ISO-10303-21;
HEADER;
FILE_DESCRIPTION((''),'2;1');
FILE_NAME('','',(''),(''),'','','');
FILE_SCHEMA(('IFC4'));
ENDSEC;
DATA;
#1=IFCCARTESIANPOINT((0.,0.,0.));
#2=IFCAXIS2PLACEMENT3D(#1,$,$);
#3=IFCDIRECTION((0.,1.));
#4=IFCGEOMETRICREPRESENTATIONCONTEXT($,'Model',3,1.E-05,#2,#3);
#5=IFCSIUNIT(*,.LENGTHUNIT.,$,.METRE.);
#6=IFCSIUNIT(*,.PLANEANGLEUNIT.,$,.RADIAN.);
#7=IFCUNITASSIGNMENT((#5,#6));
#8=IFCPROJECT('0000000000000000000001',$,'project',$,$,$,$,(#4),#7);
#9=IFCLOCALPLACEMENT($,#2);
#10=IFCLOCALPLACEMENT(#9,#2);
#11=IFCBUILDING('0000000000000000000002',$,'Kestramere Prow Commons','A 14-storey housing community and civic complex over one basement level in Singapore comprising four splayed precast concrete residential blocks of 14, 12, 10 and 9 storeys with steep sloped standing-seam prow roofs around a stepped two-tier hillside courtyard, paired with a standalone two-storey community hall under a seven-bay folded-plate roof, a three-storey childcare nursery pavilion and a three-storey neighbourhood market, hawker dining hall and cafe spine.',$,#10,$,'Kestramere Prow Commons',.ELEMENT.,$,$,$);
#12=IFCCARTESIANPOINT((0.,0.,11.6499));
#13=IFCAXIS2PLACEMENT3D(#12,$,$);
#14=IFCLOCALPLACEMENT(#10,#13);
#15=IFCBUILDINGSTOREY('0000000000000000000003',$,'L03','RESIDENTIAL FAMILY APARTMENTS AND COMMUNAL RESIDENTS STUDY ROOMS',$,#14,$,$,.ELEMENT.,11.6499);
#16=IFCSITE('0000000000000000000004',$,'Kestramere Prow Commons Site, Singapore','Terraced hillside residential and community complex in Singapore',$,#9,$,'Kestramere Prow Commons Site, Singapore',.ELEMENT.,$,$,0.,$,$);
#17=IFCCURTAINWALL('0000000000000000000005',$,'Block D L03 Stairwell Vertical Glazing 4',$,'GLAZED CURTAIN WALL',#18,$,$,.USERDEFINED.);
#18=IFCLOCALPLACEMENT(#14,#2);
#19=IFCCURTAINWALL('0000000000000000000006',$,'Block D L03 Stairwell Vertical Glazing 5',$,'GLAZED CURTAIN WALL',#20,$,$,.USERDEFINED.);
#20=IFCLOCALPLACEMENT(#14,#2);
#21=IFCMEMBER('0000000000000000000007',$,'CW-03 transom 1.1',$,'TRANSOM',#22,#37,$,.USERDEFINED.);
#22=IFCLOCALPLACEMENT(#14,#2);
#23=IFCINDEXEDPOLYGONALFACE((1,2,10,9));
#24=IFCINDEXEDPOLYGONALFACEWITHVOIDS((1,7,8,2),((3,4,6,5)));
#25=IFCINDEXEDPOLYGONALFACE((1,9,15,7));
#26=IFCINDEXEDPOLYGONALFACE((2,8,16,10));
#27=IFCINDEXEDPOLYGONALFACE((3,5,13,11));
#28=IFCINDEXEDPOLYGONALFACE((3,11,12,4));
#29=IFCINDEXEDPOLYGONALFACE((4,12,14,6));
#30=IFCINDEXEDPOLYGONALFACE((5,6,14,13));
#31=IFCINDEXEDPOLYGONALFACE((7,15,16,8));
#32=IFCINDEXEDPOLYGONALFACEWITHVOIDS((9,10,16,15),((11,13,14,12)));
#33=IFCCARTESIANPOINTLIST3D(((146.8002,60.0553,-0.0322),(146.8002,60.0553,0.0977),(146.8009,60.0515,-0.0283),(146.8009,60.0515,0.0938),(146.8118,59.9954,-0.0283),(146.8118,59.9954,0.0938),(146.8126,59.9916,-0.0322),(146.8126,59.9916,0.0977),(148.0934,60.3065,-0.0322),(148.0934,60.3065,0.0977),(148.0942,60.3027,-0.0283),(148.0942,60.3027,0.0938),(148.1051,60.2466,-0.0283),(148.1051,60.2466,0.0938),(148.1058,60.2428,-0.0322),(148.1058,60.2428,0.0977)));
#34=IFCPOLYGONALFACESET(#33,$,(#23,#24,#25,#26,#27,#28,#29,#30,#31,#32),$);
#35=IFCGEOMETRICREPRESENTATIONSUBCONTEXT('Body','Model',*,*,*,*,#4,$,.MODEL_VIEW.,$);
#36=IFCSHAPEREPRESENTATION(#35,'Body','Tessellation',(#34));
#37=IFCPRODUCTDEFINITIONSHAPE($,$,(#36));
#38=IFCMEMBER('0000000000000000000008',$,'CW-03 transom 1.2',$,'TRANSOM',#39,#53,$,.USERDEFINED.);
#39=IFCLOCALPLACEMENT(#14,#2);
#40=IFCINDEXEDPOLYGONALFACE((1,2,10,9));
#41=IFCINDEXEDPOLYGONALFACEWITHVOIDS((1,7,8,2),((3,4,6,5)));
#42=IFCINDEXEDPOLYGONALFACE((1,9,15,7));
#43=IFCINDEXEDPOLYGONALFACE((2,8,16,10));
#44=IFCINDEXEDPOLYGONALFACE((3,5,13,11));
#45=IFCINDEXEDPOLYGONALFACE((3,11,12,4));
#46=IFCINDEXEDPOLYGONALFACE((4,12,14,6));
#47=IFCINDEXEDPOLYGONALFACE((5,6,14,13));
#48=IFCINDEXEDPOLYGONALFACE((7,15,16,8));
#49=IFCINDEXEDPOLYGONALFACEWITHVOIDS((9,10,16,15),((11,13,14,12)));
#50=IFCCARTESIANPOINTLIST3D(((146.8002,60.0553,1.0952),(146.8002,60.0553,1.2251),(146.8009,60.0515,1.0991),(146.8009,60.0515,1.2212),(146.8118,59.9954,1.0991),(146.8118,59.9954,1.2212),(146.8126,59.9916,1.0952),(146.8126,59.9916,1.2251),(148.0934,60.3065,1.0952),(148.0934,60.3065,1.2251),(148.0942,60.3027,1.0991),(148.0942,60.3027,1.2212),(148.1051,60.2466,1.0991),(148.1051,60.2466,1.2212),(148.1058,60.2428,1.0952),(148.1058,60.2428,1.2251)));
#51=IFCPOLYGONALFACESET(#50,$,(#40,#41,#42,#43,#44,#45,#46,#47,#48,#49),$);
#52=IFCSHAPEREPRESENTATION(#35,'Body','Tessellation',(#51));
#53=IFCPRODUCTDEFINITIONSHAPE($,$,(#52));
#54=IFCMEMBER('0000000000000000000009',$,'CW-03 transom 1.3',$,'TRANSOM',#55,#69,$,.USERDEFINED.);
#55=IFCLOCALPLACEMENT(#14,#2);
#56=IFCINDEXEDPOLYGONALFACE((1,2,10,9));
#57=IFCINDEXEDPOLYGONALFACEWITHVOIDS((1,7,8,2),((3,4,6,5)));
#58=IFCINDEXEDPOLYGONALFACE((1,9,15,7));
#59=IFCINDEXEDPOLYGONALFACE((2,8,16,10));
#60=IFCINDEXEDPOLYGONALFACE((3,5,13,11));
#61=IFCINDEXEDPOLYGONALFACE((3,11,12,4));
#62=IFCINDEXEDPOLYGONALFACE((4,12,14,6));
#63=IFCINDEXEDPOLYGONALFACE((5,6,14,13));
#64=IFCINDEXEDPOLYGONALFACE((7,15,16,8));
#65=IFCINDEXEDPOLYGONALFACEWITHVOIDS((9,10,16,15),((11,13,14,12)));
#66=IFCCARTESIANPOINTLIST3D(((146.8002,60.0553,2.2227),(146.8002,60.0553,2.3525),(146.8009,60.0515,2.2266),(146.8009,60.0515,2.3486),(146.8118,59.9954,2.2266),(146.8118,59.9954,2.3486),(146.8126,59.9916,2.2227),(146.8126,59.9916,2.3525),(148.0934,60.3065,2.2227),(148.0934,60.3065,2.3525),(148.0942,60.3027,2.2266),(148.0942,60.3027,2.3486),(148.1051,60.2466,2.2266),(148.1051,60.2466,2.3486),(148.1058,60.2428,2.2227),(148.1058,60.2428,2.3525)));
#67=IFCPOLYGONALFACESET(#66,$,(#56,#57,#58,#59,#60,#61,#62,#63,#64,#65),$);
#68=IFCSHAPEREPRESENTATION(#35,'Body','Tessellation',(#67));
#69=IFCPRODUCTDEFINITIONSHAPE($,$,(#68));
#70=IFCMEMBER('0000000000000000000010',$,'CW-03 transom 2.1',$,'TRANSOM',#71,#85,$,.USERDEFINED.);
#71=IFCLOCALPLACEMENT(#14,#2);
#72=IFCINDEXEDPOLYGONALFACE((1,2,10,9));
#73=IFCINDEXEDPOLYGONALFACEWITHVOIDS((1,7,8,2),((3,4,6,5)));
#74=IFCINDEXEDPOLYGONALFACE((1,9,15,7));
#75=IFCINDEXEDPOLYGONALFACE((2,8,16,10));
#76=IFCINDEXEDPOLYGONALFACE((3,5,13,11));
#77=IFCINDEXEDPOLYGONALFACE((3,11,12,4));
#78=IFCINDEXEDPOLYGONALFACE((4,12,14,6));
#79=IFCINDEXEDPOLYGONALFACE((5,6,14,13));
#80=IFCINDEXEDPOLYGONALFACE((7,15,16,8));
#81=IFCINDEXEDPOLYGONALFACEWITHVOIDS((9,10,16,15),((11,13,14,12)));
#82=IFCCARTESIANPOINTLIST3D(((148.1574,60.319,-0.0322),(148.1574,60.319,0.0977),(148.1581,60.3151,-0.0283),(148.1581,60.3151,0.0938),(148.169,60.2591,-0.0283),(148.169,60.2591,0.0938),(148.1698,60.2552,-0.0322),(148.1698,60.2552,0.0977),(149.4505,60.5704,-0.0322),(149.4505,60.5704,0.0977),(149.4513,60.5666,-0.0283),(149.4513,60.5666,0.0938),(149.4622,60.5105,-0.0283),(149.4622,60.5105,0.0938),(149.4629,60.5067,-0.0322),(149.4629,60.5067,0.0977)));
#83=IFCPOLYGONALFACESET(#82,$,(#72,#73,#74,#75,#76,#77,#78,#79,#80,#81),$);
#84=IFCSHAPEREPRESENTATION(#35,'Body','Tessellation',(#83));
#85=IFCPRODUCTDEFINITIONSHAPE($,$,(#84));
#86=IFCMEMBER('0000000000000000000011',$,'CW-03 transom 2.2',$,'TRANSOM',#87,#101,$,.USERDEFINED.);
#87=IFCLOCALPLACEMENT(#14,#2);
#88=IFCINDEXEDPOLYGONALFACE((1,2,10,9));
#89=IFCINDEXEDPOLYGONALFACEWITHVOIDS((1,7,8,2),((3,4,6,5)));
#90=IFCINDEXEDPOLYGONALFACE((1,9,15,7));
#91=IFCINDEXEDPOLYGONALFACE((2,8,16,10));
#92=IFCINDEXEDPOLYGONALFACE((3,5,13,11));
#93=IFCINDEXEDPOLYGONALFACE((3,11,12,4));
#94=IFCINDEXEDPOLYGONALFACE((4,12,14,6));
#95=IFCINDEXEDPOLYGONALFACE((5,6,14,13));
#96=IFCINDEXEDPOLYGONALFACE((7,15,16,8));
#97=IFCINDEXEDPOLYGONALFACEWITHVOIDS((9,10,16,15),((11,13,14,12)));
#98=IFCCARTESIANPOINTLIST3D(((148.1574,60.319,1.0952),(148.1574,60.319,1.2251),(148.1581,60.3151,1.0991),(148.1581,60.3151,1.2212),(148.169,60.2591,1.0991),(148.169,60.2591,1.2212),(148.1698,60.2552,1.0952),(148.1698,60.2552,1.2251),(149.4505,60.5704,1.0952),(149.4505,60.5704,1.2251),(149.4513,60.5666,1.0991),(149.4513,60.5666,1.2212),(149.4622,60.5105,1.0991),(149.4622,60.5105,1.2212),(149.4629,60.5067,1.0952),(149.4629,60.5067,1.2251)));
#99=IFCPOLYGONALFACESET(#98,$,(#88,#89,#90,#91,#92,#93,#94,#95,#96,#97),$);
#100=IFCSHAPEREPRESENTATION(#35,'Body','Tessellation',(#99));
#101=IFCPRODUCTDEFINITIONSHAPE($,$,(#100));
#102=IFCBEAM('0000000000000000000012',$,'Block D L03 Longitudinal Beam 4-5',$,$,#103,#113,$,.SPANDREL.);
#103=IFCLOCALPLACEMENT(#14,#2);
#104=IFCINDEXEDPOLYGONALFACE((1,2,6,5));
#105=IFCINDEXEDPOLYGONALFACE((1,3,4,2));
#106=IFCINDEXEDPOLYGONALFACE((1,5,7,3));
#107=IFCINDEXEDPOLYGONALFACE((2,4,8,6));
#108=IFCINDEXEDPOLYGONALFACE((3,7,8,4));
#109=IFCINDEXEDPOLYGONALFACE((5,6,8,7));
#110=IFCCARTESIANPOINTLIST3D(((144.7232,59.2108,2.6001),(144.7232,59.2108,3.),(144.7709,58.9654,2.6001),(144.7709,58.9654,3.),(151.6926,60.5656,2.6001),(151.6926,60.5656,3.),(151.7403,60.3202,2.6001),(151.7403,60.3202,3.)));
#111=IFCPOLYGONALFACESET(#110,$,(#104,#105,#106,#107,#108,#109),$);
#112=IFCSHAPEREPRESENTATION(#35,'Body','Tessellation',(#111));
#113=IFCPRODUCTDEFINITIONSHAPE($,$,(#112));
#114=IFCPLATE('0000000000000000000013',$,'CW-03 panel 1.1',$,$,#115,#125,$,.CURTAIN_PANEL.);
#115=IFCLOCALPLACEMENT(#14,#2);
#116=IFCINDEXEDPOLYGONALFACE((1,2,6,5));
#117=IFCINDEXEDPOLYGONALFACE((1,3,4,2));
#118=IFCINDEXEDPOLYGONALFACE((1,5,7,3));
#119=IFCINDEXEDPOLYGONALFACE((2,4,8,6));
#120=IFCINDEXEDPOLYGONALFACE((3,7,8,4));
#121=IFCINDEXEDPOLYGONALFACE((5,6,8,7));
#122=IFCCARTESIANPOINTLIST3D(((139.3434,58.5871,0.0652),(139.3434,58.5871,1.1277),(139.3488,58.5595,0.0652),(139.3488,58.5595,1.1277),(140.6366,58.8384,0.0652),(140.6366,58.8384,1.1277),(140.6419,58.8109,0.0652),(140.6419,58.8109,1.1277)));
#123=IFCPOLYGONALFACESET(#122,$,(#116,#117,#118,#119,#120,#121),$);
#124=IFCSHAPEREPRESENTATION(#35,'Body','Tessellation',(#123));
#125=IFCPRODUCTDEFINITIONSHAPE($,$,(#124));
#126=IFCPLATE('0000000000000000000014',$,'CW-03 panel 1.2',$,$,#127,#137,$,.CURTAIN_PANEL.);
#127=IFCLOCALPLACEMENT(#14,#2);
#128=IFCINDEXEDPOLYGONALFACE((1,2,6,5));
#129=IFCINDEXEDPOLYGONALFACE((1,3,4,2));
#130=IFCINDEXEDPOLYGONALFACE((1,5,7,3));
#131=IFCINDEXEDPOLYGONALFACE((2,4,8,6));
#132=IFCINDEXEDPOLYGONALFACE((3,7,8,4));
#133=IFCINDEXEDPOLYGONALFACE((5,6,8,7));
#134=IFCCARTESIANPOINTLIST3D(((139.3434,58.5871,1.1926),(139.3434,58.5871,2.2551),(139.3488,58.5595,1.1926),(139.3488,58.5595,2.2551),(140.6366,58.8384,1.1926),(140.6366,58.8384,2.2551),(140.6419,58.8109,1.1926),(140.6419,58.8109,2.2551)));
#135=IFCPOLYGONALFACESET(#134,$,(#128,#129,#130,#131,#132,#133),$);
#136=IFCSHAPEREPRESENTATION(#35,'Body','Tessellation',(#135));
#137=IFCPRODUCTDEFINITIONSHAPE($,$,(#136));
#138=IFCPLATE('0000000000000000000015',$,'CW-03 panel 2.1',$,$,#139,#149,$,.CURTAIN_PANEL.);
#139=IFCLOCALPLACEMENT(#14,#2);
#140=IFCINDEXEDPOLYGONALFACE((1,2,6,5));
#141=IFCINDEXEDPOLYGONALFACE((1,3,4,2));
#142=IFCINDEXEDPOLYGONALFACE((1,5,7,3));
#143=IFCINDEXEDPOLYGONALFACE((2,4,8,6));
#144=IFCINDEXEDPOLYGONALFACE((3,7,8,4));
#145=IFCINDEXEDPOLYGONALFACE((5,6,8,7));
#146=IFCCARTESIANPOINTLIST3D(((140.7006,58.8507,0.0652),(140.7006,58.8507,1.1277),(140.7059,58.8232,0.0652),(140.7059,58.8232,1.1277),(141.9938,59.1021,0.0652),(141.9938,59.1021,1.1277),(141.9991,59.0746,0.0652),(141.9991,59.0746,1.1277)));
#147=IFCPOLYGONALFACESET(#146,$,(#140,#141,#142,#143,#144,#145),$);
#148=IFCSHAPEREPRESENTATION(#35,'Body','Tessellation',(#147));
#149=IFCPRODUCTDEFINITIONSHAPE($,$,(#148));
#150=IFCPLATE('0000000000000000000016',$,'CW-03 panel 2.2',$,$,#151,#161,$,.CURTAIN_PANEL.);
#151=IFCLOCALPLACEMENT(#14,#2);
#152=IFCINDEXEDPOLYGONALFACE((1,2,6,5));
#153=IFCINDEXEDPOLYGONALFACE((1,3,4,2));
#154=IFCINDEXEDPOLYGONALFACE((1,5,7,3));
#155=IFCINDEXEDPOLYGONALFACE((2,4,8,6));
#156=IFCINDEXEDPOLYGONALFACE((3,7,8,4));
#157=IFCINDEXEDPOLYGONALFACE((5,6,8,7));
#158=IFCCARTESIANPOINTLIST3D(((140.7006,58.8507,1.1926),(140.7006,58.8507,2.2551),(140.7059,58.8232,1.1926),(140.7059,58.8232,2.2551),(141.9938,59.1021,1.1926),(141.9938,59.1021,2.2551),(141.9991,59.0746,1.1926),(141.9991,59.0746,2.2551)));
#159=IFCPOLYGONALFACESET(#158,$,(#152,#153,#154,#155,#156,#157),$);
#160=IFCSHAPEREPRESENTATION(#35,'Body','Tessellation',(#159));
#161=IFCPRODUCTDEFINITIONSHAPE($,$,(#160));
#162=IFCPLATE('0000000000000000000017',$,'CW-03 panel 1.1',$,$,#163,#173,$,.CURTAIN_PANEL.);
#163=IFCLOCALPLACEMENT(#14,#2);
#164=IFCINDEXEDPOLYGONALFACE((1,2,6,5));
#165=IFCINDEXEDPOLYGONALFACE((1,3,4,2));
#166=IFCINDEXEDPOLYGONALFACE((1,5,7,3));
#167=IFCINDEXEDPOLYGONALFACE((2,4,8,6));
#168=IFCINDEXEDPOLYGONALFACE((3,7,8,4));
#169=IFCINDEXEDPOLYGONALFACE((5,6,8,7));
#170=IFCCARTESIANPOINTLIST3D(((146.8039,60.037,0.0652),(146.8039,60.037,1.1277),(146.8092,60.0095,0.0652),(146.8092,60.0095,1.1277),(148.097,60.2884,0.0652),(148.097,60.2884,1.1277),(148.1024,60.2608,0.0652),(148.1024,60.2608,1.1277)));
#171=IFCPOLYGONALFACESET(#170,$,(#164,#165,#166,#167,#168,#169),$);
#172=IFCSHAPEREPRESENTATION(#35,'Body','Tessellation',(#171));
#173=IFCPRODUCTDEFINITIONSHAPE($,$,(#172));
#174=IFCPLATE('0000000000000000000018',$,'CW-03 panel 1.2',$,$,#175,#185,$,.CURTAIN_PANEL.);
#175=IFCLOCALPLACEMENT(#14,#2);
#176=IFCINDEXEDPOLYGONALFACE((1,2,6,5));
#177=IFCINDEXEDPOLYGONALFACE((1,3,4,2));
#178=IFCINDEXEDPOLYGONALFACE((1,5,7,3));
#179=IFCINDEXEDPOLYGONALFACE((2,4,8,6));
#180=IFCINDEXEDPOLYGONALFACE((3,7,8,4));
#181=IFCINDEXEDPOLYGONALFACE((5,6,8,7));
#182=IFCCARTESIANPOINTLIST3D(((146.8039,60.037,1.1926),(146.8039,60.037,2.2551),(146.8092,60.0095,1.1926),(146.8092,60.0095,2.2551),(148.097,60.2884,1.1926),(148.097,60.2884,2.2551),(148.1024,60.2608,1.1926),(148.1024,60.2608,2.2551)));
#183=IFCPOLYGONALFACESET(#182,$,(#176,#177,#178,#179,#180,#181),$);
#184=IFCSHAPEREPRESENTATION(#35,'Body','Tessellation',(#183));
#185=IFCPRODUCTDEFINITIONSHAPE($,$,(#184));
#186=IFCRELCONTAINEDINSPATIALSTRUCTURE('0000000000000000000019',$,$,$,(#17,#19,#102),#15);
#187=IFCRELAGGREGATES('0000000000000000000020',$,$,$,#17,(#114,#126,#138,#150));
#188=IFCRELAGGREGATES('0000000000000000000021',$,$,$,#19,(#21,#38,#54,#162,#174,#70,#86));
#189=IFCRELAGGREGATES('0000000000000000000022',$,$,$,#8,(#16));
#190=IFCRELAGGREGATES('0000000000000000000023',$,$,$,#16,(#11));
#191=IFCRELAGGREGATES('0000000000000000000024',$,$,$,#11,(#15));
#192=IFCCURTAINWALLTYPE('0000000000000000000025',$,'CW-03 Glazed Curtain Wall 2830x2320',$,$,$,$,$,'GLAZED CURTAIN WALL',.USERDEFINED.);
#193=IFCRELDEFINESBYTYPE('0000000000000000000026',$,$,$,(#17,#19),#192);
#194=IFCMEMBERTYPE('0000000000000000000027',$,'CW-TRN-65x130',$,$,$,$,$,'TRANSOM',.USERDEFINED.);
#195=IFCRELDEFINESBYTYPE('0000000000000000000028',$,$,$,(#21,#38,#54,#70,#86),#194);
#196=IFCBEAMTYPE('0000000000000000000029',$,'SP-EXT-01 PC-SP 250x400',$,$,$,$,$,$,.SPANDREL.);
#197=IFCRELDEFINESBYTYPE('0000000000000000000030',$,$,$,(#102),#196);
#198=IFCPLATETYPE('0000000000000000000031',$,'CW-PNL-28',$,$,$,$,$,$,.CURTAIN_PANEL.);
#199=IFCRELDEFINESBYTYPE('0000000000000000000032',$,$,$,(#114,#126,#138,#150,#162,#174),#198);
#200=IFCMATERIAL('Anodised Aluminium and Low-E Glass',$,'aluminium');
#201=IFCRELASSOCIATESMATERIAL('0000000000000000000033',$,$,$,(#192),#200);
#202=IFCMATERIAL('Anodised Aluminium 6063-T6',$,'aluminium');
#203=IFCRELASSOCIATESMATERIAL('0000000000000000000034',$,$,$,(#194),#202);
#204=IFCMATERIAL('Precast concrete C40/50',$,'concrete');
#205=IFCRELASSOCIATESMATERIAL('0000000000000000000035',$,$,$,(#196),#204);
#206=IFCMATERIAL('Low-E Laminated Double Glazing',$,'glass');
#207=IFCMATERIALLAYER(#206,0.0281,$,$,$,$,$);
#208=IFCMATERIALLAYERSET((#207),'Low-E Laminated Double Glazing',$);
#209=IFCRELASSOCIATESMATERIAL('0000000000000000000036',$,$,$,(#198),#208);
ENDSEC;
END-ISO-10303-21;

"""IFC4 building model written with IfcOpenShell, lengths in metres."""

from ifc_helpers import new_model, si_unit, direction, frame, origin, origin_2d, place, context, subcontext, project, spatial, rectangle, hollow_rectangle, extrude, material, layer, layer_set, material_profile, profile_set, type_object, element, aggregate, save


model = new_model("IFC4")

# Units and contexts
model_context = context("Model", 3, precision=1e-05, world=origin(), true_north=direction((0.0, 1.0)))
body_context = subcontext(model_context, "Body", "Model", "MODEL_VIEW")
ifc_project = project(units=[si_unit("LENGTHUNIT", "METRE"), si_unit("PLANEANGLEUNIT", "RADIAN")], contexts=[model_context])

# Site, building, storey
site_placement = place(None, origin())
site = spatial("IfcSite", under=ifc_project, at=site_placement, Name="Kestramere Prow Commons Site, Singapore", Description="Terraced hillside residential and community complex in Singapore", LongName="Kestramere Prow Commons Site, Singapore", CompositionType="ELEMENT", RefElevation=0.0)
building_placement = place(site_placement, origin())
building = spatial("IfcBuilding", under=site, at=building_placement, Name="Kestramere Prow Commons", Description="A 14-storey housing community and civic complex over one basement level in Singapore comprising four splayed precast concrete residential blocks of 14, 12, 10 and 9 storeys with steep sloped standing-seam prow roofs around a stepped two-tier hillside courtyard, paired with a standalone two-storey community hall under a seven-bay folded-plate roof, a three-storey childcare nursery pavilion and a three-storey neighbourhood market, hawker dining hall and cafe spine.", LongName="Kestramere Prow Commons", CompositionType="ELEMENT")
storey_placement = place(building_placement, frame((0.0, 0.0, 11.6499)))
storey = spatial("IfcBuildingStorey", under=building, at=storey_placement, Name="L03", Description="RESIDENTIAL FAMILY APARTMENTS AND COMMUNAL RESIDENTS STUDY ROOMS", CompositionType="ELEMENT", Elevation=11.6499)

# Shared definitions
ifc_material_1 = material(Name="Precast concrete C40/50", Category="concrete")

# Curtain walls
ifc_material_2 = material(Name="Anodised Aluminium and Low-E Glass", Category="aluminium")
curtain_wall_type = type_object("IfcCurtainWallType", Name="CW-03 Glazed Curtain Wall 2830x2320", ElementType="GLAZED CURTAIN WALL", PredefinedType="USERDEFINED", material=ifc_material_2)
curtain_wall_1_placement = place(storey_placement, origin())
curtain_wall_1 = element("IfcCurtainWall", 1, at=curtain_wall_1_placement, inside=storey, type_object=curtain_wall_type, Name="Block D L03 Stairwell Vertical Glazing 4", ObjectType="GLAZED CURTAIN WALL", PredefinedType="USERDEFINED")
ifc_material_3 = material(Name="Anodised Aluminium 6063-T6", Category="aluminium")
curtain_wall_2_placement = place(storey_placement, origin())
curtain_wall_2 = element("IfcCurtainWall", 2, at=curtain_wall_2_placement, inside=storey, type_object=curtain_wall_type, Name="Block D L03 Stairwell Vertical Glazing 5", ObjectType="GLAZED CURTAIN WALL", PredefinedType="USERDEFINED")

# Members
ifc_material_profile_1 = material_profile(ifc_material_3, hollow_rectangle(XDim=0.0649, YDim=0.1299, WallThickness=0.0039, at=origin_2d()), Name="ALU-TRN 65x130")
ifc_profile_set_1 = profile_set([ifc_material_profile_1], Name="Anodised Aluminium 6063-T6")
member_type_1 = type_object("IfcMemberType", Name="CW-TRN-65x130", ElementType="TRANSOM", PredefinedType="USERDEFINED", material=ifc_profile_set_1)
member_1_placement = place(storey_placement, frame((146.8064, 60.0234, 0.0327), z_axis=(0.981649, 0.190696, 0.0), x_axis=(-0.190696, 0.981649, 0.0)))
member_1 = element("IfcMember", 3, at=member_1_placement, type_object=member_type_1, Name="CW-03 transom 1.1", ObjectType="TRANSOM", PredefinedType="USERDEFINED", context=body_context, shape_type="SweptSolid", body=[
    extrude(hollow_rectangle(XDim=0.0649, YDim=0.1299, WallThickness=0.0039, at=origin_2d()), origin(), (0.0, 0.0, 1.0), 1.3174),
])
member_2_placement = place(storey_placement, frame((146.8064, 60.0234, 1.1602), z_axis=(0.981649, 0.190696, 0.0), x_axis=(-0.190696, 0.981649, 0.0)))
member_2 = element("IfcMember", 4, at=member_2_placement, type_object=member_type_1, Name="CW-03 transom 1.2", ObjectType="TRANSOM", PredefinedType="USERDEFINED", context=body_context, shape_type="SweptSolid", body=[
    extrude(hollow_rectangle(XDim=0.0649, YDim=0.1299, WallThickness=0.0039, at=origin_2d()), origin(), (0.0, 0.0, 1.0), 1.3174),
])
member_3_placement = place(storey_placement, frame((146.8064, 60.0234, 2.2876), z_axis=(0.981649, 0.190696, 0.0), x_axis=(-0.190696, 0.981649, 0.0)))
member_3 = element("IfcMember", 5, at=member_3_placement, type_object=member_type_1, Name="CW-03 transom 1.3", ObjectType="TRANSOM", PredefinedType="USERDEFINED", context=body_context, shape_type="SweptSolid", body=[
    extrude(hollow_rectangle(XDim=0.0649, YDim=0.1299, WallThickness=0.0039, at=origin_2d()), origin(), (0.0, 0.0, 1.0), 1.3174),
])
member_4_placement = place(storey_placement, frame((148.1636, 60.2871, 0.0327), z_axis=(0.981614, 0.190875, 0.0), x_axis=(-0.190875, 0.981614, 0.0)))
member_4 = element("IfcMember", 6, at=member_4_placement, type_object=member_type_1, Name="CW-03 transom 2.1", ObjectType="TRANSOM", PredefinedType="USERDEFINED", context=body_context, shape_type="SweptSolid", body=[
    extrude(hollow_rectangle(XDim=0.0649, YDim=0.1299, WallThickness=0.0039, at=origin_2d()), origin(), (0.0, 0.0, 1.0), 1.3174),
])
member_5_placement = place(storey_placement, frame((148.1636, 60.2871, 1.1602), z_axis=(0.981614, 0.190875, 0.0), x_axis=(-0.190875, 0.981614, 0.0)))
member_5 = element("IfcMember", 7, at=member_5_placement, type_object=member_type_1, Name="CW-03 transom 2.2", ObjectType="TRANSOM", PredefinedType="USERDEFINED", context=body_context, shape_type="SweptSolid", body=[
    extrude(hollow_rectangle(XDim=0.0649, YDim=0.1299, WallThickness=0.0039, at=origin_2d()), origin(), (0.0, 0.0, 1.0), 1.3174),
])

# Beam
ifc_material_profile_2 = material_profile(ifc_material_1, rectangle(XDim=0.25, YDim=0.3999, at=origin_2d()), Name="PC-SP 250x400")
ifc_profile_set_2 = profile_set([ifc_material_profile_2], Name="Precast concrete C40/50")
beam_type = type_object("IfcBeamType", Name="SP-EXT-01 PC-SP 250x400", PredefinedType="SPANDREL", material=ifc_profile_set_2)
beam_placement = place(storey_placement, frame((144.7471, 59.0881, 2.8), z_axis=(0.981627, 0.19081, 0.0), x_axis=(-0.19081, 0.981627, 0.0)))
element("IfcBeam", 8, at=beam_placement, inside=storey, type_object=beam_type, Name="Block D L03 Longitudinal Beam 4-5", PredefinedType="SPANDREL", context=body_context, shape_type="SweptSolid", body=[
    extrude(rectangle(XDim=0.25, YDim=0.3999, at=origin_2d()), origin(), (0.0, 0.0, 1.0), 7.0999),
])

# Plates
ifc_material_4 = material(Name="Low-E Laminated Double Glazing", Category="glass")
ifc_layer_1 = layer(ifc_material_4, 0.0281)
ifc_layer_set_1 = layer_set([ifc_layer_1], Name="Low-E Laminated Double Glazing")
plate_type = type_object("IfcPlateType", Name="CW-PNL-28", PredefinedType="CURTAIN_PANEL", material=ifc_layer_set_1)
plate_1_placement = place(storey_placement, frame((139.9927, 58.699, 0.0652), z_axis=(0.0, 0.0, 1.0), x_axis=(0.981627, 0.190809, 0.0)))
plate_1 = element("IfcPlate", 9, at=plate_1_placement, type_object=plate_type, Name="CW-03 panel 1.1", PredefinedType="CURTAIN_PANEL", context=body_context, shape_type="SweptSolid", body=[
    extrude(rectangle(XDim=1.3174, YDim=0.0281, at=origin_2d()), origin(), (0.0, 0.0, 1.0), 1.0625),
])
plate_2_placement = place(storey_placement, frame((139.9927, 58.699, 1.1926), z_axis=(0.0, 0.0, 1.0), x_axis=(0.981627, 0.190809, 0.0)))
plate_2 = element("IfcPlate", 10, at=plate_2_placement, type_object=plate_type, Name="CW-03 panel 1.2", PredefinedType="CURTAIN_PANEL", context=body_context, shape_type="SweptSolid", body=[
    extrude(rectangle(XDim=1.3174, YDim=0.0281, at=origin_2d()), origin(), (0.0, 0.0, 1.0), 1.0625),
])
plate_3_placement = place(storey_placement, frame((141.3499, 58.9626, 0.0652), z_axis=(0.0, 0.0, 1.0), x_axis=(0.981627, 0.190809, 0.0)))
plate_3 = element("IfcPlate", 11, at=plate_3_placement, type_object=plate_type, Name="CW-03 panel 2.1", PredefinedType="CURTAIN_PANEL", context=body_context, shape_type="SweptSolid", body=[
    extrude(rectangle(XDim=1.3174, YDim=0.0281, at=origin_2d()), origin(), (0.0, 0.0, 1.0), 1.0625),
])
plate_4_placement = place(storey_placement, frame((141.3499, 58.9626, 1.1926), z_axis=(0.0, 0.0, 1.0), x_axis=(0.981627, 0.190809, 0.0)))
plate_4 = element("IfcPlate", 12, at=plate_4_placement, type_object=plate_type, Name="CW-03 panel 2.2", PredefinedType="CURTAIN_PANEL", context=body_context, shape_type="SweptSolid", body=[
    extrude(rectangle(XDim=1.3174, YDim=0.0281, at=origin_2d()), origin(), (0.0, 0.0, 1.0), 1.0625),
])
aggregate(curtain_wall_1, [plate_1, plate_2, plate_3, plate_4])
plate_5_placement = place(storey_placement, frame((147.4531, 60.1489, 0.0652), z_axis=(0.0, 0.0, 1.0), x_axis=(0.981627, 0.190809, 0.0)))
plate_5 = element("IfcPlate", 13, at=plate_5_placement, type_object=plate_type, Name="CW-03 panel 1.1", PredefinedType="CURTAIN_PANEL", context=body_context, shape_type="SweptSolid", body=[
    extrude(rectangle(XDim=1.3174, YDim=0.0281, at=origin_2d()), origin(), (0.0, 0.0, 1.0), 1.0625),
])
plate_6_placement = place(storey_placement, frame((147.4531, 60.1489, 1.1926), z_axis=(0.0, 0.0, 1.0), x_axis=(0.981627, 0.190809, 0.0)))
plate_6 = element("IfcPlate", 14, at=plate_6_placement, type_object=plate_type, Name="CW-03 panel 1.2", PredefinedType="CURTAIN_PANEL", context=body_context, shape_type="SweptSolid", body=[
    extrude(rectangle(XDim=1.3174, YDim=0.0281, at=origin_2d()), origin(), (0.0, 0.0, 1.0), 1.0625),
])
aggregate(curtain_wall_2, [member_1, member_2, member_3, plate_5, plate_6, member_4, member_5])

save(model, "model.ifc")
